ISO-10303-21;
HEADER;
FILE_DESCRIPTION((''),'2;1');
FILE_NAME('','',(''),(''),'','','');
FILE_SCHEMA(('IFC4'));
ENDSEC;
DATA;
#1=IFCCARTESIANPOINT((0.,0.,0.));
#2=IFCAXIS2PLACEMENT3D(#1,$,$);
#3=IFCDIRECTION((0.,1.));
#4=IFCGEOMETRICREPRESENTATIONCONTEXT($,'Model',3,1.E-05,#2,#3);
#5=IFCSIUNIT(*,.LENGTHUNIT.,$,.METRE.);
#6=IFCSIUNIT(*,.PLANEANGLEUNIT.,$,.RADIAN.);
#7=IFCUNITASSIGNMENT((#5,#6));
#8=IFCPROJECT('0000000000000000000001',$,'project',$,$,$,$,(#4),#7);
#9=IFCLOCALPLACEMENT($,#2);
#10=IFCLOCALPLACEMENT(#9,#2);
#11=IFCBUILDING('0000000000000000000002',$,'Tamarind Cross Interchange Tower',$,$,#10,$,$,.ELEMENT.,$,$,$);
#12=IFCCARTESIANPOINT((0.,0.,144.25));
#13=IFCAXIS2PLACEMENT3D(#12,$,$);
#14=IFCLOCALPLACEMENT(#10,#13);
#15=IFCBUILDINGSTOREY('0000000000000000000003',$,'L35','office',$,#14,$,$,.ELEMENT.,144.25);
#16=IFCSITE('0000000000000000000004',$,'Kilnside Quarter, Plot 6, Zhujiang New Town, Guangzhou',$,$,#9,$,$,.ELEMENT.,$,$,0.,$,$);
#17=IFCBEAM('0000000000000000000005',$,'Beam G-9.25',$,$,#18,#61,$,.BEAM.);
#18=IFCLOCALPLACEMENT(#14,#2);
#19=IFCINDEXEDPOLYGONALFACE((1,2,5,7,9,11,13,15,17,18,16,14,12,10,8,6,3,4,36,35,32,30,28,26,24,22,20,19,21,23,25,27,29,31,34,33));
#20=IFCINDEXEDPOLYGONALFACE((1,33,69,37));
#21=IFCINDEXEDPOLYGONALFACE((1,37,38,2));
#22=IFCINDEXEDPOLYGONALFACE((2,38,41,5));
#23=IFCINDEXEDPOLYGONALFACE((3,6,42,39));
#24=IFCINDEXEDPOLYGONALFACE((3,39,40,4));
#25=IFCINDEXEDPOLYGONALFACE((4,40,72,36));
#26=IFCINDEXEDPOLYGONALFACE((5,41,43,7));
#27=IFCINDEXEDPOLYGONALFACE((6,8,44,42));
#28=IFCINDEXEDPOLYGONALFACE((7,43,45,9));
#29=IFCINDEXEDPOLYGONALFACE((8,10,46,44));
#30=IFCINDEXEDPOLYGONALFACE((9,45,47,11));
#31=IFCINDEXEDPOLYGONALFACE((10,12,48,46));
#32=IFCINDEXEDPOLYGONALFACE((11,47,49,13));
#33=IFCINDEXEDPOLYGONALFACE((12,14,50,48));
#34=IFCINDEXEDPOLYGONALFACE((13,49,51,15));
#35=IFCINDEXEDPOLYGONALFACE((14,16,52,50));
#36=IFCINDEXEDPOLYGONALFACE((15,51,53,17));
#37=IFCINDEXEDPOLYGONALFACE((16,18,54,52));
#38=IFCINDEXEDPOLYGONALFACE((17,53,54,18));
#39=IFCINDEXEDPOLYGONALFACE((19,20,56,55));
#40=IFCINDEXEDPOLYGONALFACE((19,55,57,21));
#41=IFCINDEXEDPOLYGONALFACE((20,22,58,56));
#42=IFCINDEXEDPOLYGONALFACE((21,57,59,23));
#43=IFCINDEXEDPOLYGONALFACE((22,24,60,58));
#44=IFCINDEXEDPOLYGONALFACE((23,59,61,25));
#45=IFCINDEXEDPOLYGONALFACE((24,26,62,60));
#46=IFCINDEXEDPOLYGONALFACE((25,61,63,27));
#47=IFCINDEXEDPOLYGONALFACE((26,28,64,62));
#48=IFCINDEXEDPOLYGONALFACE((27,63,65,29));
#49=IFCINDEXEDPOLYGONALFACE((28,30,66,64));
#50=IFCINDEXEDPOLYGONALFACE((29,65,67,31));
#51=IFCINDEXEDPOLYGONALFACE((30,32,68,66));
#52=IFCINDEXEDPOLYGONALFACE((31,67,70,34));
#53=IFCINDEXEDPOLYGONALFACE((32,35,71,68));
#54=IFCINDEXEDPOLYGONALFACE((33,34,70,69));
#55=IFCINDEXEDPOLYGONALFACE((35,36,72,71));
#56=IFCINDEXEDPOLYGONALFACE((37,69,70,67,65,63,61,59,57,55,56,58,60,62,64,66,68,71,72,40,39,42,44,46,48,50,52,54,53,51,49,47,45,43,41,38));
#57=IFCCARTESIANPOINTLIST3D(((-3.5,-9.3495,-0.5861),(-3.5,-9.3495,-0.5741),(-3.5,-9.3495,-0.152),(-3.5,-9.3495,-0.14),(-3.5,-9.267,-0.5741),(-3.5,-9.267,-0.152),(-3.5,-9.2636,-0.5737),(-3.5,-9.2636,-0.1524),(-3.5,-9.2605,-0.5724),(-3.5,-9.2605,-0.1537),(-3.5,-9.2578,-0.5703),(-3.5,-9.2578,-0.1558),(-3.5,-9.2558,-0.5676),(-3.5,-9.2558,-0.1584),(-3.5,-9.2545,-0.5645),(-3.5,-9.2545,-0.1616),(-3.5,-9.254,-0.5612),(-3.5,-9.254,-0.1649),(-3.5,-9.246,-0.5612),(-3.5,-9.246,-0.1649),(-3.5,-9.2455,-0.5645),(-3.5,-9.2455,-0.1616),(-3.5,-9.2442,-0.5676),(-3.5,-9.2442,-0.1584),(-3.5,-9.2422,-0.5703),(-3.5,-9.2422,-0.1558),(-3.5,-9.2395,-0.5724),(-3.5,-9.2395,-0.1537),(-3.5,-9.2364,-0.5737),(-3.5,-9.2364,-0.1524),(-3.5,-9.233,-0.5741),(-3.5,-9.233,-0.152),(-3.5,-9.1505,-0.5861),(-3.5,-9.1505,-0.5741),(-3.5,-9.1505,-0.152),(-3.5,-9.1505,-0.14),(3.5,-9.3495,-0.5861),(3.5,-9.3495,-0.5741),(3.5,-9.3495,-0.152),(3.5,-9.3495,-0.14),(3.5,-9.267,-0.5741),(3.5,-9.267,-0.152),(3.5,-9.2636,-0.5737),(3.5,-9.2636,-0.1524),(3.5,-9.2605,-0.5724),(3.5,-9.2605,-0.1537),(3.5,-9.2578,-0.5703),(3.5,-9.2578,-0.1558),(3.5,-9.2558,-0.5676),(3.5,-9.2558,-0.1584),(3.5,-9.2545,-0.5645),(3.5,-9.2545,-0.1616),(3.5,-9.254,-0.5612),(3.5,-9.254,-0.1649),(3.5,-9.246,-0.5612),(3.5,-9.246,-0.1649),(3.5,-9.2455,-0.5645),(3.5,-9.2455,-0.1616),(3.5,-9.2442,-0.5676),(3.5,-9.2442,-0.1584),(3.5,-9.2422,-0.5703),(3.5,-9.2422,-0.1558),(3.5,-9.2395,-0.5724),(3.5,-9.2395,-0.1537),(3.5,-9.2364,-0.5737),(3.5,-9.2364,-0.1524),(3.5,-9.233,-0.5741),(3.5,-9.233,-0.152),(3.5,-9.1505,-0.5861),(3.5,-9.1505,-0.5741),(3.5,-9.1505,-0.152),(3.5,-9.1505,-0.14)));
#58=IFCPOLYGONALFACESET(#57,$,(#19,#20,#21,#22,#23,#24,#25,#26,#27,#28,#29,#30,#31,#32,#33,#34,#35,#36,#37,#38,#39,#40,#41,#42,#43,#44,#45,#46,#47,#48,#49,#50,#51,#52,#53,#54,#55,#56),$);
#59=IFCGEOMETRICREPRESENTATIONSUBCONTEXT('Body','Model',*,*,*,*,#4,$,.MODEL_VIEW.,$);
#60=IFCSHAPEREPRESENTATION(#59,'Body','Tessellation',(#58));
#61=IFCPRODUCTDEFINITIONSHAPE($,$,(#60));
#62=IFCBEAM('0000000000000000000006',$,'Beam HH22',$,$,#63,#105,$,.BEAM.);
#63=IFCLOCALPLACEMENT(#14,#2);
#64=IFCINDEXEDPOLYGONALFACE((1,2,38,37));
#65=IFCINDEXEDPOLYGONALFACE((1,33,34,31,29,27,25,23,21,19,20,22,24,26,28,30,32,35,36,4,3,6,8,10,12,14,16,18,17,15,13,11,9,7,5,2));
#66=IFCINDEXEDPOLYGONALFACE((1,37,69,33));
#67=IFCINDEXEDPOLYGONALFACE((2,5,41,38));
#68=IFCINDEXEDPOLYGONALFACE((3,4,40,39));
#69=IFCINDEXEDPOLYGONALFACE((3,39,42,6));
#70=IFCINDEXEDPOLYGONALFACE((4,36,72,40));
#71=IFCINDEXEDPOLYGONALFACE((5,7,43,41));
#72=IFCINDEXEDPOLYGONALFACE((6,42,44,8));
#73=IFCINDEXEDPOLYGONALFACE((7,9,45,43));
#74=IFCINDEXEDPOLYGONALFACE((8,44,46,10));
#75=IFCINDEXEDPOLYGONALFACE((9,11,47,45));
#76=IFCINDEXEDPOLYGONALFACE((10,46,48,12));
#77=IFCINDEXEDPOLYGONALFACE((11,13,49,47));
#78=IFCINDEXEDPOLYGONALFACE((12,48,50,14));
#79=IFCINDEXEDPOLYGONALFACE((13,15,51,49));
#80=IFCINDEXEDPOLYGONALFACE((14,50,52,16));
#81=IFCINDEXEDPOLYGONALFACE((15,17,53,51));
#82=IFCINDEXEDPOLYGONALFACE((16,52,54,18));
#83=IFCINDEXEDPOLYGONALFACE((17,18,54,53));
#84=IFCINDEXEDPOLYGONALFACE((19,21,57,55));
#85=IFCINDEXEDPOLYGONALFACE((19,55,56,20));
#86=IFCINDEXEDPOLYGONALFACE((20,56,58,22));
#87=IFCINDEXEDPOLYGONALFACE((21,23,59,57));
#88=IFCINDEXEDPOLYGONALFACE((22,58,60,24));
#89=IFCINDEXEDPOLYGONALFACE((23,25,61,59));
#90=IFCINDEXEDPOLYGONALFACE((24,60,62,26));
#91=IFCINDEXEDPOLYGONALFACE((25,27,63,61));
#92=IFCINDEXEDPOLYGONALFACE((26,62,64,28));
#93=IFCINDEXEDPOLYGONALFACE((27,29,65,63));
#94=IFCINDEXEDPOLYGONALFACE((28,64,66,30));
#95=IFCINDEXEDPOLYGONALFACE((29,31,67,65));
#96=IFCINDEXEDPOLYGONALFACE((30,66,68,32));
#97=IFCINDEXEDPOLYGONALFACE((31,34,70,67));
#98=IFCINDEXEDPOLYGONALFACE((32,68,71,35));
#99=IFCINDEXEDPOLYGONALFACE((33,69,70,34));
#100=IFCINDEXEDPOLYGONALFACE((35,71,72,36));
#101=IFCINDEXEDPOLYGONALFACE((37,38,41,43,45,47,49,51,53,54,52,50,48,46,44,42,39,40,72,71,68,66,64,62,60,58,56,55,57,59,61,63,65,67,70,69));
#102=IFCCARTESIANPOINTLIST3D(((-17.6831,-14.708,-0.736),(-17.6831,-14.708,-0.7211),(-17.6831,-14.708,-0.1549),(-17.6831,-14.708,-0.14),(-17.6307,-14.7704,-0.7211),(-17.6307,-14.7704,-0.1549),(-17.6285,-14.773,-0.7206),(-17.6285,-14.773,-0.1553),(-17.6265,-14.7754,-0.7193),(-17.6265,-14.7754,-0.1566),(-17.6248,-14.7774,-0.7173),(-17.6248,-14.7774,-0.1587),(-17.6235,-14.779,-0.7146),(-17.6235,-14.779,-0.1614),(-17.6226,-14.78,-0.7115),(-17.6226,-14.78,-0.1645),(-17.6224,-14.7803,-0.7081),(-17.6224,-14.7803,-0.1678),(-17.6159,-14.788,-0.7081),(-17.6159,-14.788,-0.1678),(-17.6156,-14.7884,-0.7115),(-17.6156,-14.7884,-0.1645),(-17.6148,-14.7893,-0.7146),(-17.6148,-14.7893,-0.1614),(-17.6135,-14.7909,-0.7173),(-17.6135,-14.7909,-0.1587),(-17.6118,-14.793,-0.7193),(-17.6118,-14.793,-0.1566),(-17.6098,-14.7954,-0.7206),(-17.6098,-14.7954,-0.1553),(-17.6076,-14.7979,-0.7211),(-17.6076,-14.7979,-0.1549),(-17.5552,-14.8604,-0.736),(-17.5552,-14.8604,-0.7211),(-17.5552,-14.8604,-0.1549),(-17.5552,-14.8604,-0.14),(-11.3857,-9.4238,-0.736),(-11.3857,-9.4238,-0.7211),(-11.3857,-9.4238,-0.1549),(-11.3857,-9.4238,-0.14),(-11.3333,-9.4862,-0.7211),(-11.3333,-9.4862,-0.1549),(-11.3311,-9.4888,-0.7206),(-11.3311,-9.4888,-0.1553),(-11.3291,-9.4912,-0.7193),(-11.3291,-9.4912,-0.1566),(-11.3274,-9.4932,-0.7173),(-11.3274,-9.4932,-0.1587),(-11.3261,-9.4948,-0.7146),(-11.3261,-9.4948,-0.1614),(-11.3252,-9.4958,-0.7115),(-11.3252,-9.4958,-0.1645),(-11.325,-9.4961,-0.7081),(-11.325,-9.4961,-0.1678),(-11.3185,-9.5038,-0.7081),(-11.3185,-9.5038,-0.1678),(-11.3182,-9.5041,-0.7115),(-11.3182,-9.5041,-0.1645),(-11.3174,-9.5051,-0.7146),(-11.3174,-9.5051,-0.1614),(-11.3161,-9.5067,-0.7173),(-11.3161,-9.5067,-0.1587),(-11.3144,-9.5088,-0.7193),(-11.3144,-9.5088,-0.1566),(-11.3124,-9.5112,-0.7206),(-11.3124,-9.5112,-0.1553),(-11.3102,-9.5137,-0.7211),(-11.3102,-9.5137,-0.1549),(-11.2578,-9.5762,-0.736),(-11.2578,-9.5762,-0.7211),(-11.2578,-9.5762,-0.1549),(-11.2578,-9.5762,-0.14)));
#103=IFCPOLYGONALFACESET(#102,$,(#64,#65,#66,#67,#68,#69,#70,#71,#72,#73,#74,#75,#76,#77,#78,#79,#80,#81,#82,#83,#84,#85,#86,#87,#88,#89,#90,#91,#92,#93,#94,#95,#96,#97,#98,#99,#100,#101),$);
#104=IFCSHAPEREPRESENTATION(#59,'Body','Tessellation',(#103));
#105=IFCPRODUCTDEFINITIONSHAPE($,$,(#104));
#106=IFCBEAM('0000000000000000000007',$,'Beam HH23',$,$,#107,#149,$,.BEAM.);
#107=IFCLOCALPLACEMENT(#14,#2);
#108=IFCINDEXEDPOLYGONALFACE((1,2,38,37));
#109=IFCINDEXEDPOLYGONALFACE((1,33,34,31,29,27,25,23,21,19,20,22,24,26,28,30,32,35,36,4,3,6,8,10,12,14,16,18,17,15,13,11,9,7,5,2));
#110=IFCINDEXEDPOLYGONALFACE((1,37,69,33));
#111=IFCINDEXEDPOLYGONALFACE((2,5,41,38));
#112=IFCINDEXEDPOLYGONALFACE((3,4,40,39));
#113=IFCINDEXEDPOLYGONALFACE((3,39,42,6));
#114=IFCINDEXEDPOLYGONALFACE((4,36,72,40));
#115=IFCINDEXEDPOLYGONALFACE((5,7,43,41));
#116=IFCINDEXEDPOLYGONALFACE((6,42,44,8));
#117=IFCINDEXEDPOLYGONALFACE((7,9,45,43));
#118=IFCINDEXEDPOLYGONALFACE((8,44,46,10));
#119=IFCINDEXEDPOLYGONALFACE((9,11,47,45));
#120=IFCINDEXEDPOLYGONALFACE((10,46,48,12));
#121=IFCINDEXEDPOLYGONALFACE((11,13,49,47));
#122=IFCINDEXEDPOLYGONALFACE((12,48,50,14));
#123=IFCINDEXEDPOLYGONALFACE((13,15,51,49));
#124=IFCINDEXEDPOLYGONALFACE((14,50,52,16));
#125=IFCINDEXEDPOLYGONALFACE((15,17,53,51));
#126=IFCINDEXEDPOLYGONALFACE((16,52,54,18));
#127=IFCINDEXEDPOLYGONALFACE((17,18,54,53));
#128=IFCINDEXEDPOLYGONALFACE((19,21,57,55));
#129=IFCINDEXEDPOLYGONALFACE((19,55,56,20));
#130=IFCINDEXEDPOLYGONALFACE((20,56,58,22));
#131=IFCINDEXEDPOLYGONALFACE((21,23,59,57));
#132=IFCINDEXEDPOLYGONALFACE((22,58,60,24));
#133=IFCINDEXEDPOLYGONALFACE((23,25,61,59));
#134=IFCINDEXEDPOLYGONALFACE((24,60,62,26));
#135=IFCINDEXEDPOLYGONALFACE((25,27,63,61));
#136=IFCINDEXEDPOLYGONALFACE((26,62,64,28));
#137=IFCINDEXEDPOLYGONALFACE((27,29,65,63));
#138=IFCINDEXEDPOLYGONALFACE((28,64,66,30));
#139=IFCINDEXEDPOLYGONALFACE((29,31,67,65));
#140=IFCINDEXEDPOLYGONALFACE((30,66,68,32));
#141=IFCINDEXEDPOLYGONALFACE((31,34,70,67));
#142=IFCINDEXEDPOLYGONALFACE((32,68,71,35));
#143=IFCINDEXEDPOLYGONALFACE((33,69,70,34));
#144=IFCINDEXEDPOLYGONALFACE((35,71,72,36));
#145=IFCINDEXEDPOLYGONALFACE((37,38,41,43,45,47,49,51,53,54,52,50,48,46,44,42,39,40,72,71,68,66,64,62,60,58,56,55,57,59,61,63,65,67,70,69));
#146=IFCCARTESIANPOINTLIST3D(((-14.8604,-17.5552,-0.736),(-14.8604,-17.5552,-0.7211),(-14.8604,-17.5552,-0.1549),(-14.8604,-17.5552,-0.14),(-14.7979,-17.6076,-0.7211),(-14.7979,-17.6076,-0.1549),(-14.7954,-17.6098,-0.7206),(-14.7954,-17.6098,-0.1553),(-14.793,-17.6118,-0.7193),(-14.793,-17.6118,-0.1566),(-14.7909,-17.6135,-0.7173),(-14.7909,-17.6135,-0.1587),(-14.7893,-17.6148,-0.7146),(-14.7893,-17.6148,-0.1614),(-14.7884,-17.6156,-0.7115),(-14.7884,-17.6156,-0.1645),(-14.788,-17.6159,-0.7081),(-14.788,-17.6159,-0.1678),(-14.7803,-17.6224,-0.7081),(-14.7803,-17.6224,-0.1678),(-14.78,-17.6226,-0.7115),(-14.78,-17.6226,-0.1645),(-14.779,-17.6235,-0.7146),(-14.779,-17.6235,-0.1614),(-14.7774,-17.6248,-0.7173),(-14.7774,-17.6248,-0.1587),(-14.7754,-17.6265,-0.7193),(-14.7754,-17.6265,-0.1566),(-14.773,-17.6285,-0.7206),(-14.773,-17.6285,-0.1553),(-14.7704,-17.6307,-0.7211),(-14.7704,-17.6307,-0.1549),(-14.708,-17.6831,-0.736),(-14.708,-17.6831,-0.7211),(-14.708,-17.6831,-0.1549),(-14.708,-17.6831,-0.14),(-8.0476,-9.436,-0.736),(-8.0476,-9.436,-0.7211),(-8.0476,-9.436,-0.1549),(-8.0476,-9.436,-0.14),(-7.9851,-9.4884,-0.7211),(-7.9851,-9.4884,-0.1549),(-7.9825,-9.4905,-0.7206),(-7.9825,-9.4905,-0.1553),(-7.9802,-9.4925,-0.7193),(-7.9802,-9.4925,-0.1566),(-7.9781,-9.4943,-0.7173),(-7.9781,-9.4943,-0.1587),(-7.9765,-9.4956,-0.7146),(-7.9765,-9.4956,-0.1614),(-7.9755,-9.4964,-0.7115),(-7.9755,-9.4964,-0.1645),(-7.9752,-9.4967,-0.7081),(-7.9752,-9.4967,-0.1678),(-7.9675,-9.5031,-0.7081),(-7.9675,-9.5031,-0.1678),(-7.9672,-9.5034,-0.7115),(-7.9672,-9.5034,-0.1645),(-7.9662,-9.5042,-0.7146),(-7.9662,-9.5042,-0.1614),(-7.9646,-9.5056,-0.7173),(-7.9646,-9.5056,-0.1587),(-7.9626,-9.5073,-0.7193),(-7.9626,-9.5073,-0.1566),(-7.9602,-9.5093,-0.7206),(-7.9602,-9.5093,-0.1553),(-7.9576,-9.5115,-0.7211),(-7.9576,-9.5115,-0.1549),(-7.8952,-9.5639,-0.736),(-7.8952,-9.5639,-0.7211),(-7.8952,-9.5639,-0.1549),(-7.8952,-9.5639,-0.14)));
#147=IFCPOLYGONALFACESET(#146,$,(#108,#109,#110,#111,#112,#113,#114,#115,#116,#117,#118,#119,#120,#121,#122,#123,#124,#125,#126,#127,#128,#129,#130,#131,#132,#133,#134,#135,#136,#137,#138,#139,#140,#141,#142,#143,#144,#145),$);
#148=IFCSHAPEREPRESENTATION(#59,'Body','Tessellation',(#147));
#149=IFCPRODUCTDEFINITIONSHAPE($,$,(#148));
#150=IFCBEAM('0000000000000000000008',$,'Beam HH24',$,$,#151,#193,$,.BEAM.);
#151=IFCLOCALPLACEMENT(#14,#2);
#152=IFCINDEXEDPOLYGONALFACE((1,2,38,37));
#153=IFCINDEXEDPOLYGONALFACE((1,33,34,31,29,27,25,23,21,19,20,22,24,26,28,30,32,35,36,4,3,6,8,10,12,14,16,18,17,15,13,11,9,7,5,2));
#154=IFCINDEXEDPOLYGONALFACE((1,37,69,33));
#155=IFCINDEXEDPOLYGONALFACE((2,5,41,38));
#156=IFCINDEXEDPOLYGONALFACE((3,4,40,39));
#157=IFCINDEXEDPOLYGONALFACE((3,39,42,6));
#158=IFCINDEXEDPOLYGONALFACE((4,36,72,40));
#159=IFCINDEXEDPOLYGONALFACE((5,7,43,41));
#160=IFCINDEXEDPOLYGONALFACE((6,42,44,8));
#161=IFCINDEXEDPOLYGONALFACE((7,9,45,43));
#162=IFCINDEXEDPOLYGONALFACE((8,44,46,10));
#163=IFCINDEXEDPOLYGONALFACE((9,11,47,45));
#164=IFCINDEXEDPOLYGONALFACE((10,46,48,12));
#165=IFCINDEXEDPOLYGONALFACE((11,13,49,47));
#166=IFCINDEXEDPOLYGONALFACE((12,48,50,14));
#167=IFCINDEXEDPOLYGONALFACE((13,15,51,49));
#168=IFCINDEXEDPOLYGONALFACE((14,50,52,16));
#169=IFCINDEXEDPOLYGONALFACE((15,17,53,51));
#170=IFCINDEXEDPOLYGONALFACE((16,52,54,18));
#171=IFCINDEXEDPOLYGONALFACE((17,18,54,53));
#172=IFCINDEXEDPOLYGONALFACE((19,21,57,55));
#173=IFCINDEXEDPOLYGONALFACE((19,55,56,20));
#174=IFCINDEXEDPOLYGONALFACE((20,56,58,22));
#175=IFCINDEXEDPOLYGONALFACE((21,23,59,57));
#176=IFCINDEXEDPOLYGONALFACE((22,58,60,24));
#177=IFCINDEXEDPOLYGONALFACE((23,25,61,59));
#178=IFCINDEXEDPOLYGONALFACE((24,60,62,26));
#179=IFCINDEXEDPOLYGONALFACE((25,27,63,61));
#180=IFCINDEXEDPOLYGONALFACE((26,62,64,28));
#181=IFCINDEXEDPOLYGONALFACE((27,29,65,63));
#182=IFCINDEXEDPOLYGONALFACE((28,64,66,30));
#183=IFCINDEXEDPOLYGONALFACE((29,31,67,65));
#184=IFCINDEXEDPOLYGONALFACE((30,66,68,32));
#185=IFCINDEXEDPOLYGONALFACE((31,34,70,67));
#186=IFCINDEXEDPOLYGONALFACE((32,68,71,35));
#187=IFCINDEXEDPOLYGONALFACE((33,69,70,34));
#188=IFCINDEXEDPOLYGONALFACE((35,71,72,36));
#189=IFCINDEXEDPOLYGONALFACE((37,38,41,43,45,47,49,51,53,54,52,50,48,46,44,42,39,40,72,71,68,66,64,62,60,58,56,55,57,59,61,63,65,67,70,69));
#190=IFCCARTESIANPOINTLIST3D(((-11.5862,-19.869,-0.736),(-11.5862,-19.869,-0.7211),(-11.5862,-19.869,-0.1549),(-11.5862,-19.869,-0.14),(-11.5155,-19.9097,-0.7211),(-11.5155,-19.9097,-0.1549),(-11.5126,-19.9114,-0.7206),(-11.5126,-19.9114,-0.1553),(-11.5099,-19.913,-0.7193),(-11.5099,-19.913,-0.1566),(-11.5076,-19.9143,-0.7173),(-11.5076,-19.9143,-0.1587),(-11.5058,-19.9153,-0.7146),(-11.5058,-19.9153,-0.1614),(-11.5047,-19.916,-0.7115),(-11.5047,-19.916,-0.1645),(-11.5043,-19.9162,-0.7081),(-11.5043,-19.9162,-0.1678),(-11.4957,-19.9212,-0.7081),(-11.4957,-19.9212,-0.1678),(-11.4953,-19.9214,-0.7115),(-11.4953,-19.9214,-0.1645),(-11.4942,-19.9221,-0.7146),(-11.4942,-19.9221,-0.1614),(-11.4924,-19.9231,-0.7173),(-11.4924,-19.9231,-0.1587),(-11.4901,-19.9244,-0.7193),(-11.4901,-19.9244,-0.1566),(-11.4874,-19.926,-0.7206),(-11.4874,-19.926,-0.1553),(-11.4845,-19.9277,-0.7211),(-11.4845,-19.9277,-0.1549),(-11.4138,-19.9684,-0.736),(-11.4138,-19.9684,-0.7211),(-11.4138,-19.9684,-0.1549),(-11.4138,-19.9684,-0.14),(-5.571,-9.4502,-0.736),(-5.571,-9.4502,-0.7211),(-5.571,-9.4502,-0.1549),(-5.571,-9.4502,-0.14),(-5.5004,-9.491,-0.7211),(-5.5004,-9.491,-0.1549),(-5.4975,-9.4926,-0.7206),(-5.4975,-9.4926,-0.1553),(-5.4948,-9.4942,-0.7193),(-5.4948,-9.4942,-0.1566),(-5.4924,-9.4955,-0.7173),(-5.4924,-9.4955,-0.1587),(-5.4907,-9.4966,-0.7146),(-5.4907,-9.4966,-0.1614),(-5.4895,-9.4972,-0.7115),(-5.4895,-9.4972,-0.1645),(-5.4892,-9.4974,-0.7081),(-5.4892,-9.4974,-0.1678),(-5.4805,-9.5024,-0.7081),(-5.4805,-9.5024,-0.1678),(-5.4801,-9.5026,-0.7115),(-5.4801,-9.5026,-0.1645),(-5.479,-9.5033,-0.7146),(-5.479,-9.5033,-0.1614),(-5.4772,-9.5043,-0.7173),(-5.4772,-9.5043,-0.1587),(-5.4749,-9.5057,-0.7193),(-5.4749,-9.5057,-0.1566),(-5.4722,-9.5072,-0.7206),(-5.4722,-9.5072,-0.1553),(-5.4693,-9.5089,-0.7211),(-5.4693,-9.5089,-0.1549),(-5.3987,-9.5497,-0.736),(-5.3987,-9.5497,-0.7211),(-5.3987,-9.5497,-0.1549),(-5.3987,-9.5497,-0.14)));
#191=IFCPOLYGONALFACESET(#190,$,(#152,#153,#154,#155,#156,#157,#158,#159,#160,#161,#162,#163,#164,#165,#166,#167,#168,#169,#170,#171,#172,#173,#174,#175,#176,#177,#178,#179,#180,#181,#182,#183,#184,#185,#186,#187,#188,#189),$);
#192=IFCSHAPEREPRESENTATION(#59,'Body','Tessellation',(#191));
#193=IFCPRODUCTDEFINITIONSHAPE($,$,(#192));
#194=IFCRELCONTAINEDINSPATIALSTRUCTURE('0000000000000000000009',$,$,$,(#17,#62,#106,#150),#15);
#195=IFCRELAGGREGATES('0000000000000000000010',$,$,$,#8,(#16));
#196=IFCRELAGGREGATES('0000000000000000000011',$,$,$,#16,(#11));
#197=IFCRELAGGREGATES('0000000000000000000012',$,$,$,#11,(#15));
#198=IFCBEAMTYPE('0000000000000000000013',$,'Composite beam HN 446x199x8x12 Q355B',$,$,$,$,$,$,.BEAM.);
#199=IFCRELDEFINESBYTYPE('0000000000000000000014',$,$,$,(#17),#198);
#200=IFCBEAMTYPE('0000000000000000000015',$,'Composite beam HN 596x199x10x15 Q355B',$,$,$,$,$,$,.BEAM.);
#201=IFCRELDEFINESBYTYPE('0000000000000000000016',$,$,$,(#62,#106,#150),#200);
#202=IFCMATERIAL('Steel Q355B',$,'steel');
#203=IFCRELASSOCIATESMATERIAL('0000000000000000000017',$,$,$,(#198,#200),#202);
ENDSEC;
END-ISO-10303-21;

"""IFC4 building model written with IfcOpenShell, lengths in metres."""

from ifc_helpers import new_model, si_unit, direction, frame, origin, origin_2d, place, context, subcontext, project, spatial, i_section, extrude, material, material_profile, profile_set, type_object, element, save


model = new_model("IFC4")

# Units and contexts
model_context = context("Model", 3, precision=1e-05, world=origin(), true_north=direction((0.0, 1.0)))
body_context = subcontext(model_context, "Body", "Model", "MODEL_VIEW")
ifc_project = project(units=[si_unit("LENGTHUNIT", "METRE"), si_unit("PLANEANGLEUNIT", "RADIAN")], contexts=[model_context])

# Site, building, storey
site_placement = place(None, origin())
site = spatial("IfcSite", under=ifc_project, at=site_placement, Name="Kilnside Quarter, Plot 6, Zhujiang New Town, Guangzhou", CompositionType="ELEMENT", RefElevation=0.0)
building_placement = place(site_placement, origin())
building = spatial("IfcBuilding", under=site, at=building_placement, Name="Tamarind Cross Interchange Tower", CompositionType="ELEMENT")
storey_placement = place(building_placement, frame((0.0, 0.0, 144.25)))
storey = spatial("IfcBuildingStorey", under=building, at=storey_placement, Name="L35", Description="office", CompositionType="ELEMENT", Elevation=144.25)

# Beams
ifc_material_1 = material(Name="Steel Q355B", Category="steel")
ifc_material_profile_1 = material_profile(ifc_material_1, i_section(OverallWidth=0.199, OverallDepth=0.446, WebThickness=0.0081, FlangeThickness=0.012, FilletRadius=0.0129, at=origin_2d()), Name="HN 446x199x8x12")
ifc_profile_set_1 = profile_set([ifc_material_profile_1], Name="Steel Q355B")
beam_type_1 = type_object("IfcBeamType", Name="Composite beam HN 446x199x8x12 Q355B", PredefinedType="BEAM", material=ifc_profile_set_1)
beam_1_placement = place(storey_placement, frame((-3.5, -9.25, -0.363), z_axis=(1.0, 0.0, 0.0), x_axis=(0.0, 1.0, 0.0)))
element("IfcBeam", 1, at=beam_1_placement, inside=storey, type_object=beam_type_1, Name="Beam G-9.25", PredefinedType="BEAM", context=body_context, shape_type="SweptSolid", body=[
    extrude(i_section(OverallWidth=0.199, OverallDepth=0.446, WebThickness=0.0081, FlangeThickness=0.012, FilletRadius=0.0129, at=origin_2d()), origin(), (0.0, 0.0, 1.0), 7.0),
])
ifc_material_profile_2 = material_profile(ifc_material_1, i_section(OverallWidth=0.199, OverallDepth=0.5959, WebThickness=0.01, FlangeThickness=0.0149, FilletRadius=0.0129, at=origin_2d()), Name="HN 596x199x10x15")
ifc_profile_set_2 = profile_set([ifc_material_profile_2], Name="Steel Q355B")
beam_type_2 = type_object("IfcBeamType", Name="Composite beam HN 596x199x10x15 Q355B", PredefinedType="BEAM", material=ifc_profile_set_2)
beam_2_placement = place(storey_placement, frame((-17.6191, -14.7842, -0.438), z_axis=(0.766041, 0.642792, 0.0), x_axis=(-0.642792, 0.766041, 0.0)))
element("IfcBeam", 2, at=beam_2_placement, inside=storey, type_object=beam_type_2, Name="Beam HH22", PredefinedType="BEAM", context=body_context, shape_type="SweptSolid", body=[
    extrude(i_section(OverallWidth=0.199, OverallDepth=0.5959, WebThickness=0.01, FlangeThickness=0.0149, FilletRadius=0.0129, at=origin_2d()), origin(), (0.0, 0.0, 1.0), 8.2207),
])
beam_3_placement = place(storey_placement, frame((-14.7842, -17.6191, -0.438), z_axis=(0.642786, 0.766046, 0.0), x_axis=(-0.766046, 0.642786, 0.0)))
element("IfcBeam", 3, at=beam_3_placement, inside=storey, type_object=beam_type_2, Name="Beam HH23", PredefinedType="BEAM", context=body_context, shape_type="SweptSolid", body=[
    extrude(i_section(OverallWidth=0.199, OverallDepth=0.5959, WebThickness=0.01, FlangeThickness=0.0149, FilletRadius=0.0129, at=origin_2d()), origin(), (0.0, 0.0, 1.0), 10.5989),
])
beam_4_placement = place(storey_placement, frame((-11.5, -19.9187, -0.438), z_axis=(0.499994, 0.866029, 0.0), x_axis=(-0.866029, 0.499994, 0.0)))
element("IfcBeam", 4, at=beam_4_placement, inside=storey, type_object=beam_type_2, Name="Beam HH24", PredefinedType="BEAM", context=body_context, shape_type="SweptSolid", body=[
    extrude(i_section(OverallWidth=0.199, OverallDepth=0.5959, WebThickness=0.01, FlangeThickness=0.0149, FilletRadius=0.0129, at=origin_2d()), origin(), (0.0, 0.0, 1.0), 12.0305),
])

save(model, "model.ifc")
